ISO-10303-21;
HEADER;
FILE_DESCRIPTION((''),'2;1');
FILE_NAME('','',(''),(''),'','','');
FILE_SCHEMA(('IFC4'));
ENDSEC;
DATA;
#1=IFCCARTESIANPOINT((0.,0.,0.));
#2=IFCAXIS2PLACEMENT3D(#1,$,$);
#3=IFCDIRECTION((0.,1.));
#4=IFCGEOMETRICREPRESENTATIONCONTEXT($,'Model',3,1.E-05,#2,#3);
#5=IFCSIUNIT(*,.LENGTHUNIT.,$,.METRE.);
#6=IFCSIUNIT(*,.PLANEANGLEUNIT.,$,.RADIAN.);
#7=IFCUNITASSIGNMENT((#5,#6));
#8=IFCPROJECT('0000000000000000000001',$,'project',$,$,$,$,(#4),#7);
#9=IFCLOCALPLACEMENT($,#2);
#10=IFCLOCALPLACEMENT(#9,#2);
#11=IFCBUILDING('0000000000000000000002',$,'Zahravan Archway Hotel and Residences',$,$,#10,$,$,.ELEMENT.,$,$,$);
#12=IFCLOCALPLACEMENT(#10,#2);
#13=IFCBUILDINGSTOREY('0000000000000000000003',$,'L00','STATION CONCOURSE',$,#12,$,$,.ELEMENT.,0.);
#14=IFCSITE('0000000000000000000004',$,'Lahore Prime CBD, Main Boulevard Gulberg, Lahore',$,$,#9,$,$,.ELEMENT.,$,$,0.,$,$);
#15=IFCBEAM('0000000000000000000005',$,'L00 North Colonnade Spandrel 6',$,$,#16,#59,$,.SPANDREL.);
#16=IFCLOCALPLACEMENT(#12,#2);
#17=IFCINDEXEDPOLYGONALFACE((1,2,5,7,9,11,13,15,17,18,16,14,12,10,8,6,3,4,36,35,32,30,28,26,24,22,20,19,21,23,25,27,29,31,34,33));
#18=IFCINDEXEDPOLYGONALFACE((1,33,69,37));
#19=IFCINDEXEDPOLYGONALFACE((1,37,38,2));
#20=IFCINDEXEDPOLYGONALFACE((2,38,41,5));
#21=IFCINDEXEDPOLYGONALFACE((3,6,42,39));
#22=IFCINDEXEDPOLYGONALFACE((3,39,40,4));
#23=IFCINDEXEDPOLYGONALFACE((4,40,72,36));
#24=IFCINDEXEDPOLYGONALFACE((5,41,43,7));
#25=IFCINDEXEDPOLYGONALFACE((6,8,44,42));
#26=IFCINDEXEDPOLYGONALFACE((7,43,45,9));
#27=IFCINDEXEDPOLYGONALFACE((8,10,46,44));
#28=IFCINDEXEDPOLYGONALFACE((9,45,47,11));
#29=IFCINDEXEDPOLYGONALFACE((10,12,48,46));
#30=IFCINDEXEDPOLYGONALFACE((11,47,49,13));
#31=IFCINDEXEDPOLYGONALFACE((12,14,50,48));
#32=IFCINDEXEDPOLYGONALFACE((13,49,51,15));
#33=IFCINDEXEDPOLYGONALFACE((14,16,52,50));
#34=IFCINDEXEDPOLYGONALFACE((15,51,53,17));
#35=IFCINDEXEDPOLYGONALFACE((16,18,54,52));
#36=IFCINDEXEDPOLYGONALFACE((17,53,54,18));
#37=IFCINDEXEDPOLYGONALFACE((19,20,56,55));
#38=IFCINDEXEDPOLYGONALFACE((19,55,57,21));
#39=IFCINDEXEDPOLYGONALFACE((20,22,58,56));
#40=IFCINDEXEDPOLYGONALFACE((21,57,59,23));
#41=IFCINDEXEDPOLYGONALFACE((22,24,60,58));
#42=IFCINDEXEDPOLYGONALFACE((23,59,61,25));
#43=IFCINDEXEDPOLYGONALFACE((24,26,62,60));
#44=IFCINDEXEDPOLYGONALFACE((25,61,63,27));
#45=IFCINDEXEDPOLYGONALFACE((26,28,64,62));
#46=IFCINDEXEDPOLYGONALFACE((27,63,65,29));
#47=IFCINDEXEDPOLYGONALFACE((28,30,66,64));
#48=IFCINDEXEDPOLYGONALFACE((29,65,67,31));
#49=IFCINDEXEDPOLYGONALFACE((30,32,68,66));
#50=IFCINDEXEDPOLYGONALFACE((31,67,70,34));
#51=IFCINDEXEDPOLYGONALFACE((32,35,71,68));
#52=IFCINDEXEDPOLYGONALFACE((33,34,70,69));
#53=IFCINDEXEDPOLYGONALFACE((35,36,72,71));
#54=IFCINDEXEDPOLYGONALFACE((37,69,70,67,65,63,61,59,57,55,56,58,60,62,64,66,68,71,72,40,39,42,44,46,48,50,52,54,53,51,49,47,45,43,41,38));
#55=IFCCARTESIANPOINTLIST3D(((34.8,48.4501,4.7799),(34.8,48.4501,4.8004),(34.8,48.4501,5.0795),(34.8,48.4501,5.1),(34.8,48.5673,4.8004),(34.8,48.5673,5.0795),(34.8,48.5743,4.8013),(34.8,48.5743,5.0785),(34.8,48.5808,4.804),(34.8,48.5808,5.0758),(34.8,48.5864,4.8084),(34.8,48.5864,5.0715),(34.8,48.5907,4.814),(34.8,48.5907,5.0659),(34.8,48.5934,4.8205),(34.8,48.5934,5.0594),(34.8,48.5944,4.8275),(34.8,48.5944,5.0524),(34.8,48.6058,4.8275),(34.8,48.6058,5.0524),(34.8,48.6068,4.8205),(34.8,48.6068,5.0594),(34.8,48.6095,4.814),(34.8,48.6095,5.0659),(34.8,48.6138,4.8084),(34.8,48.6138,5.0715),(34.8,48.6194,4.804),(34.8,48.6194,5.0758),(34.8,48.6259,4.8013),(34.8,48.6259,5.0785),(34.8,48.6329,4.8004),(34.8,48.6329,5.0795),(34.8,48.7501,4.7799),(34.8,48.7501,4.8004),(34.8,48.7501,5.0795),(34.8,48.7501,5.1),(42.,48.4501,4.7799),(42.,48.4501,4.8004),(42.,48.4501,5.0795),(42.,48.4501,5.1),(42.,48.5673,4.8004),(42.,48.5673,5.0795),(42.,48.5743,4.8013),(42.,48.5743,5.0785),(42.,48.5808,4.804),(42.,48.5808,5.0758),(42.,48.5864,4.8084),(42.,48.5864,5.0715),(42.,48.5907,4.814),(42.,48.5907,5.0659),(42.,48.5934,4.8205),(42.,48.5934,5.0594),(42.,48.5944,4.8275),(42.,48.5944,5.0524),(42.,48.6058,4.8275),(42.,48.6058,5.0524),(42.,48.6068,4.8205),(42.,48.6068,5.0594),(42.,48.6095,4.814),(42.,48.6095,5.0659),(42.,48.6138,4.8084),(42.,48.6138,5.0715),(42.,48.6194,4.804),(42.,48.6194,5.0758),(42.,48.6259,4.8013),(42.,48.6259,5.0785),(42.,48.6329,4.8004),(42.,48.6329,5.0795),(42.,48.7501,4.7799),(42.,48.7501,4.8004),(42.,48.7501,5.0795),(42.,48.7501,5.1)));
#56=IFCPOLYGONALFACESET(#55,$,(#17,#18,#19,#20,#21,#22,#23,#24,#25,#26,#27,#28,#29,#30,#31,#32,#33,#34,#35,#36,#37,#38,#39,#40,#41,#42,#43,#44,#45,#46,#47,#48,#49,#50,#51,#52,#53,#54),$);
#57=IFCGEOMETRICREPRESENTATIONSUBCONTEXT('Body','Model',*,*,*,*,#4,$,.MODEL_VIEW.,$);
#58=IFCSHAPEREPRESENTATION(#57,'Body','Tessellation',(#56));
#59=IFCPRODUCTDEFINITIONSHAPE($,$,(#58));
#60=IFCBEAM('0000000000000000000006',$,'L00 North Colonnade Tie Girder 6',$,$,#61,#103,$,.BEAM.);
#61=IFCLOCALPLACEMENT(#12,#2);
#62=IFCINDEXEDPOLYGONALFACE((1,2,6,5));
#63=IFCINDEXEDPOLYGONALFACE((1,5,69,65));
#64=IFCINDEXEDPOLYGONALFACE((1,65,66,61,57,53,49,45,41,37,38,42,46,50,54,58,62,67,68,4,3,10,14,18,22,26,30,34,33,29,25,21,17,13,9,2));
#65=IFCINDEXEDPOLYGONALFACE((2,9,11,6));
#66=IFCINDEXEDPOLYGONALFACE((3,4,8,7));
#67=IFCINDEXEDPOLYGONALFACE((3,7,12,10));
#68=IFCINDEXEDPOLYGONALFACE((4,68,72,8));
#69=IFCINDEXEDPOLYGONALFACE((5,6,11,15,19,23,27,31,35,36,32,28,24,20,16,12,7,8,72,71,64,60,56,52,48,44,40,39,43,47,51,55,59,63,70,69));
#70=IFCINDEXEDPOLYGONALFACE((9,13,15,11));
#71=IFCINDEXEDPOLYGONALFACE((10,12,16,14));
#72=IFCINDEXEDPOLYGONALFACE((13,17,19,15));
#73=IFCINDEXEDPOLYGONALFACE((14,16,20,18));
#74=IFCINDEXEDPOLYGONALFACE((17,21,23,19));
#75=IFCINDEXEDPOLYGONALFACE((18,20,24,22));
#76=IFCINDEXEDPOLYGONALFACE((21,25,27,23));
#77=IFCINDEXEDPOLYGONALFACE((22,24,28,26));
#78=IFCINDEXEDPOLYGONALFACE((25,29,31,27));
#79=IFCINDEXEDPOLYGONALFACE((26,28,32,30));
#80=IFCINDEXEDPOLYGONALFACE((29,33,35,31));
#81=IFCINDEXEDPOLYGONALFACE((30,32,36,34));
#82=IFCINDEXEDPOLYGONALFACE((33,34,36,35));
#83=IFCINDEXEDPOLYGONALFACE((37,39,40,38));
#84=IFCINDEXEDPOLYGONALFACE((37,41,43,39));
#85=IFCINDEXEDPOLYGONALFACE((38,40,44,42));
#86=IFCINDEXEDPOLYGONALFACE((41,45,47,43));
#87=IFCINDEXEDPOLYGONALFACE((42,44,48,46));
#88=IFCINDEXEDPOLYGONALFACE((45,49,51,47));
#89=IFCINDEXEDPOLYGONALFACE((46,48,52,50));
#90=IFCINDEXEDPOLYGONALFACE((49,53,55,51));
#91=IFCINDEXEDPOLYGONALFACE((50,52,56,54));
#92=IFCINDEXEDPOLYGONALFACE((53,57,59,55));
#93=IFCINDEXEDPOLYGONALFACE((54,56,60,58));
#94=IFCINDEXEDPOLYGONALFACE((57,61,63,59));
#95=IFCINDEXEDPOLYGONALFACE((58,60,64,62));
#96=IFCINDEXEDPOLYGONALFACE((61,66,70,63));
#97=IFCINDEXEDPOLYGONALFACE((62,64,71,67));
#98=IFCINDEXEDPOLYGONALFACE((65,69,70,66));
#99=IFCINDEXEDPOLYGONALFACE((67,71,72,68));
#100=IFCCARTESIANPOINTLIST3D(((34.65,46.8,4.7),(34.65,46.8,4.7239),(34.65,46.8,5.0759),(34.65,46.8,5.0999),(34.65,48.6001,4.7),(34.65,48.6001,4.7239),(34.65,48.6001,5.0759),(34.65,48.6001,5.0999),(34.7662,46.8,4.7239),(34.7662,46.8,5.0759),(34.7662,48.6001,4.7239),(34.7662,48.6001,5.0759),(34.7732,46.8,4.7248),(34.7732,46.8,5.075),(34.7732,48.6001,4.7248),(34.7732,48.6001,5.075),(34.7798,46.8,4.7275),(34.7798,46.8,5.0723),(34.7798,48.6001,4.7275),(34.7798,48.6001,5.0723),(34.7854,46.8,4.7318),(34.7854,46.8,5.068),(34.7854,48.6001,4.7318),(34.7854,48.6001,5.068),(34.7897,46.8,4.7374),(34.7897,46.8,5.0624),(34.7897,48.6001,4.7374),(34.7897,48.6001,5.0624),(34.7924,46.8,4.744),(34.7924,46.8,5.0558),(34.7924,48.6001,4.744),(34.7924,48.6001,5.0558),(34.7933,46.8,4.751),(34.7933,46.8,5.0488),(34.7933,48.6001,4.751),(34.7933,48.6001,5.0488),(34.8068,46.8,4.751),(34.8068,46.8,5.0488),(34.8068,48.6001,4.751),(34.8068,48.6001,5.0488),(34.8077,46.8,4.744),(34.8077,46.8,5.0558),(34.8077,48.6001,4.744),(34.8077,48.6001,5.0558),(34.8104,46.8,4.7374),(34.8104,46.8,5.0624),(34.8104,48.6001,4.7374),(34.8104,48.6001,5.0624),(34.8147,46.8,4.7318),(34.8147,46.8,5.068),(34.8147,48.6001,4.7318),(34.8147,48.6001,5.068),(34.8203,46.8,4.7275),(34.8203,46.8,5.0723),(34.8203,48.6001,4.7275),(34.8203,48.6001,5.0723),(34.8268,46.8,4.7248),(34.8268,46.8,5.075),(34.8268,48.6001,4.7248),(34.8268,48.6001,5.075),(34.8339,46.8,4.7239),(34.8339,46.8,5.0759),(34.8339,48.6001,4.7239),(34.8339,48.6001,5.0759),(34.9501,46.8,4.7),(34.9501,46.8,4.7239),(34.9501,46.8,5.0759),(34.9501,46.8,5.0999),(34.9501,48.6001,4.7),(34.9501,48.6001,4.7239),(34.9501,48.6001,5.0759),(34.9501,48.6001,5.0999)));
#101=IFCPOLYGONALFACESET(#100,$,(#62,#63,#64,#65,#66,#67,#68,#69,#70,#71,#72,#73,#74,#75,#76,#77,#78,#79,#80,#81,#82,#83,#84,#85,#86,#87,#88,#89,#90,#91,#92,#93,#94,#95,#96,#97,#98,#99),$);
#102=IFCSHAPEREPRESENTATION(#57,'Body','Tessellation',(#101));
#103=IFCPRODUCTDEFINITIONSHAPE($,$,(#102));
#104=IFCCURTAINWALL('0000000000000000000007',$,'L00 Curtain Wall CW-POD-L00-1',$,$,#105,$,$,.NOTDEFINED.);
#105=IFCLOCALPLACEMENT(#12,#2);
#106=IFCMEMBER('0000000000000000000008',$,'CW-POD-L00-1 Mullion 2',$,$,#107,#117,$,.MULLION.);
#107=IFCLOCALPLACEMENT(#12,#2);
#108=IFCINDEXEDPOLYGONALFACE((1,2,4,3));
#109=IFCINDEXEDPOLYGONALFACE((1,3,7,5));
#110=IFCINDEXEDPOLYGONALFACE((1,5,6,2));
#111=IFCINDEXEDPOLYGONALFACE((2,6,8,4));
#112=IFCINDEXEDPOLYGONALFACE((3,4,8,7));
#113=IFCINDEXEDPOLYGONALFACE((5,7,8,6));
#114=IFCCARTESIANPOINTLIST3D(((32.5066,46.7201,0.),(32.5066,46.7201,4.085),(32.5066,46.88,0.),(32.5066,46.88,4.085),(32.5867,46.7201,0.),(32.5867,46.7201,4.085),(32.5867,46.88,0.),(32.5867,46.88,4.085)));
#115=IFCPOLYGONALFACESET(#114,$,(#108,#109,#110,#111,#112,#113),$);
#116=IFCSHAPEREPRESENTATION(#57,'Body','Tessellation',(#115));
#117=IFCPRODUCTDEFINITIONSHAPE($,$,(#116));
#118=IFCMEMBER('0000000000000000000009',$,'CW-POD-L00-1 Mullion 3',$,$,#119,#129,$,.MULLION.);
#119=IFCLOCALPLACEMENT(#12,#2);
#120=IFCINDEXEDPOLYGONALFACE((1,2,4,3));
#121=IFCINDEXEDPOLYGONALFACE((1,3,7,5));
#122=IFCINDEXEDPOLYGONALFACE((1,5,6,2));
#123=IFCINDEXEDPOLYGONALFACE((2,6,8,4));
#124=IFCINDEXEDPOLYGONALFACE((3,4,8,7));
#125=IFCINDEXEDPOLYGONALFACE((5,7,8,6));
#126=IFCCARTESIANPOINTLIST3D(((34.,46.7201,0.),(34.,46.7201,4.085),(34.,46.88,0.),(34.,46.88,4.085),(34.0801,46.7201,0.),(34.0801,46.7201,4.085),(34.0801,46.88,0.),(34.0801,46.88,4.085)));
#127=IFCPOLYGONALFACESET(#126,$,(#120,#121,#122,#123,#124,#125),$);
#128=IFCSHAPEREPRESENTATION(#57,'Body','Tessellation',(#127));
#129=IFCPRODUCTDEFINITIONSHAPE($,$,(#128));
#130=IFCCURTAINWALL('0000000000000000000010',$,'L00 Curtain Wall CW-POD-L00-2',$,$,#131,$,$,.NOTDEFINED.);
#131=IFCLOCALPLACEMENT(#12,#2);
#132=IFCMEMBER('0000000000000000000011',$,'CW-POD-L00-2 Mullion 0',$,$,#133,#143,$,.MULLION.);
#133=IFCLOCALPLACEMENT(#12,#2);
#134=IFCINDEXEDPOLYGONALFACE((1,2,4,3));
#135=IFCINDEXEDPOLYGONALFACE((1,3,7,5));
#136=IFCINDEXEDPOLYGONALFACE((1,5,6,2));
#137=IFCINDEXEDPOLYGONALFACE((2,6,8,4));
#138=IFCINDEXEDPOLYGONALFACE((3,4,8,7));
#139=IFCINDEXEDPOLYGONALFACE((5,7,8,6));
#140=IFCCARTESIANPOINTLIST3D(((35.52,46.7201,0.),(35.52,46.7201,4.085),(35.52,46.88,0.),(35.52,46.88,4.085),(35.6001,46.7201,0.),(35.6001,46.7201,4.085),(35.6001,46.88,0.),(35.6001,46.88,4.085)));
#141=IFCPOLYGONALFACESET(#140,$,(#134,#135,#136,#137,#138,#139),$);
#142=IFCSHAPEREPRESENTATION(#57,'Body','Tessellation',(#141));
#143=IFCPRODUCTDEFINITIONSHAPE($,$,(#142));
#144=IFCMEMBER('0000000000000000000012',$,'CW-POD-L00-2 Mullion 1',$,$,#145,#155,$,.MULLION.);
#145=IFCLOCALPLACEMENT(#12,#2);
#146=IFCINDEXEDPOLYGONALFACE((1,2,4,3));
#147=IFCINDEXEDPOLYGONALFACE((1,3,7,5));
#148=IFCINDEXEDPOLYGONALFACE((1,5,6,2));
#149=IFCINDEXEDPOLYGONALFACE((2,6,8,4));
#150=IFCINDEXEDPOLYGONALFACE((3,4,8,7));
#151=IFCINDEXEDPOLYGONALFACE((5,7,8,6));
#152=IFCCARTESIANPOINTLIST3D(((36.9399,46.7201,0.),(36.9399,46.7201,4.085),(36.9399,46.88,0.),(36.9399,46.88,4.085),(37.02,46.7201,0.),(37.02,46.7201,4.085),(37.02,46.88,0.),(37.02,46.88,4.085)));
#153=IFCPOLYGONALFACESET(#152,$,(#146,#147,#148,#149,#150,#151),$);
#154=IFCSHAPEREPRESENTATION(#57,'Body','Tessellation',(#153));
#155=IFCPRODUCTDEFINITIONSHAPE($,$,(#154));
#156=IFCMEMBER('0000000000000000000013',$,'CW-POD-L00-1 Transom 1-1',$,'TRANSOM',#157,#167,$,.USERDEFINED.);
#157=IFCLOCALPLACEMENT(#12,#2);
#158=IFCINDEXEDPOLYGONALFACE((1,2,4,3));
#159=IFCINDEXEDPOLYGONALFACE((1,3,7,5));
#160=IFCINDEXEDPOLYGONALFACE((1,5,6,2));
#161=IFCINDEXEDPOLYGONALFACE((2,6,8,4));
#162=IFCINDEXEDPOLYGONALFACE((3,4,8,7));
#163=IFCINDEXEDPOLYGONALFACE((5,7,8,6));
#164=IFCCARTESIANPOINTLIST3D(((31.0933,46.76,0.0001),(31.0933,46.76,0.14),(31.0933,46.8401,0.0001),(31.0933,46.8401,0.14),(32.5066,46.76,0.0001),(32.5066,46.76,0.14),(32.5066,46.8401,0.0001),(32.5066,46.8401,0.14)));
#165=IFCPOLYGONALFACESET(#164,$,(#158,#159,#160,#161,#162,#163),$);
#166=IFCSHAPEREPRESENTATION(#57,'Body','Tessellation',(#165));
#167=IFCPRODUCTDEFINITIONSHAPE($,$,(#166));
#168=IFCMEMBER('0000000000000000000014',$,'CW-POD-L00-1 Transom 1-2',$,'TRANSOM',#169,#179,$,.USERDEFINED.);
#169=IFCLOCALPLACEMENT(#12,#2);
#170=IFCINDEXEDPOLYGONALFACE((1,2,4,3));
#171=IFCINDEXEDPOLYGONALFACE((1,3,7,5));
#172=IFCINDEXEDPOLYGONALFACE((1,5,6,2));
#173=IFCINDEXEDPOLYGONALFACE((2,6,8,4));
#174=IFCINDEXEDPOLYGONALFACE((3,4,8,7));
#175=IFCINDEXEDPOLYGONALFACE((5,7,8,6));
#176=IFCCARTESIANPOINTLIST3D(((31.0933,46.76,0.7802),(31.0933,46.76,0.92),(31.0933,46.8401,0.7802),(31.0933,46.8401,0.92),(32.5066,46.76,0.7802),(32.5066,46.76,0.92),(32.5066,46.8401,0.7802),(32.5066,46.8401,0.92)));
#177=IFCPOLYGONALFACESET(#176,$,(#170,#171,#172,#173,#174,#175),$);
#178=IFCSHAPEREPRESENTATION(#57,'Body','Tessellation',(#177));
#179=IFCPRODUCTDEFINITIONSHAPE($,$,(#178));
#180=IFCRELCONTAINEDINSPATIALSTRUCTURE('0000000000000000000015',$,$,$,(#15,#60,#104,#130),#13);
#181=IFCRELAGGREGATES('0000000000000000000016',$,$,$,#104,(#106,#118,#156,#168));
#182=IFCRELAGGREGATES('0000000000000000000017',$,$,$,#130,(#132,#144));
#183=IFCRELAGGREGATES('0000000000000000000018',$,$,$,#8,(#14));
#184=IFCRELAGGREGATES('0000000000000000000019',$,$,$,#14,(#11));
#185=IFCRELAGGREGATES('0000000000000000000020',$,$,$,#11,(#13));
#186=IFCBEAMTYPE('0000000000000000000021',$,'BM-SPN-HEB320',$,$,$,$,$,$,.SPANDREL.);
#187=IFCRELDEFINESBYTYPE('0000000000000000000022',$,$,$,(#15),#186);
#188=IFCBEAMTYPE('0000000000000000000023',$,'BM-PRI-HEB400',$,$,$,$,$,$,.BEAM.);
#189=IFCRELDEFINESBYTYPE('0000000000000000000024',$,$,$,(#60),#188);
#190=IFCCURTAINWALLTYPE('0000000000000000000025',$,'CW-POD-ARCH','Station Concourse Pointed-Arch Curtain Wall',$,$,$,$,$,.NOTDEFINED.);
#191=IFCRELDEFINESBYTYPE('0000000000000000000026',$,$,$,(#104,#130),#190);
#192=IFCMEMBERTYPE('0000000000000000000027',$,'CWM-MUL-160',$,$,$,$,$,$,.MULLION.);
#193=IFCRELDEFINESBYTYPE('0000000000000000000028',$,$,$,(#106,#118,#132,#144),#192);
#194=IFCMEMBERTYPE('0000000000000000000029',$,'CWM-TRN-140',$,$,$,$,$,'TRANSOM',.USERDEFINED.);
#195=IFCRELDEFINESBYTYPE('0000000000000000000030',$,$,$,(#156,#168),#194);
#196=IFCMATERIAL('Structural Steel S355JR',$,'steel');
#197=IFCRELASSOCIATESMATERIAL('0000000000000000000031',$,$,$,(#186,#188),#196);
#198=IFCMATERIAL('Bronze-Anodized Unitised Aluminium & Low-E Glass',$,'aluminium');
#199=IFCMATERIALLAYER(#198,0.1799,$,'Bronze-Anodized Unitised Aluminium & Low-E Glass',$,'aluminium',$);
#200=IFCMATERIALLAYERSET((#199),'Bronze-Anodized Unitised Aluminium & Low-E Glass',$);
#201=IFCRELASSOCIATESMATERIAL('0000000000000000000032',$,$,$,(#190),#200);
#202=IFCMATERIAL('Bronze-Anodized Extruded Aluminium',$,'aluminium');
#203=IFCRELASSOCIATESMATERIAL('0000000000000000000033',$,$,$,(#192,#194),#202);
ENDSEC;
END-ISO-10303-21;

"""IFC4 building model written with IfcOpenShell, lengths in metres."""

from ifc_helpers import new_model, si_unit, direction, frame, origin, origin_2d, place, context, subcontext, project, spatial, rectangle, i_section, extrude, source, transform, mapped, material, layer, layer_set, material_profile, profile_set, type_object, type_shapes, element, aggregate, save


model = new_model("IFC4")

# Units and contexts
model_context = context("Model", 3, precision=1e-05, world=origin(), true_north=direction((0.0, 1.0)))
body_context = subcontext(model_context, "Body", "Model", "MODEL_VIEW")
ifc_project = project(units=[si_unit("LENGTHUNIT", "METRE"), si_unit("PLANEANGLEUNIT", "RADIAN")], contexts=[model_context])

# Site, building, storey
site_placement = place(None, origin())
site = spatial("IfcSite", under=ifc_project, at=site_placement, Name="Lahore Prime CBD, Main Boulevard Gulberg, Lahore", CompositionType="ELEMENT", RefElevation=0.0)
building_placement = place(site_placement, origin())
building = spatial("IfcBuilding", under=site, at=building_placement, Name="Zahravan Archway Hotel and Residences", CompositionType="ELEMENT")
storey_placement = place(building_placement, origin())
storey = spatial("IfcBuildingStorey", under=building, at=storey_placement, Name="L00", Description="STATION CONCOURSE", CompositionType="ELEMENT", Elevation=0.0)

# Beams
ifc_material_1 = material(Name="Structural Steel S355JR", Category="steel")
ifc_material_profile_1 = material_profile(ifc_material_1, i_section(OverallWidth=0.3, OverallDepth=0.3201, WebThickness=0.0115, FlangeThickness=0.0205, FilletRadius=0.0271, at=origin_2d()), Name="HEB 320", Category="steel")
ifc_profile_set_1 = profile_set([ifc_material_profile_1], Name="Structural Steel S355JR")
beam_type_1 = type_object("IfcBeamType", Name="BM-SPN-HEB320", PredefinedType="SPANDREL", material=ifc_profile_set_1)
shared_shape_1 = source(origin(), body_context, "Body", "SweptSolid", [
    extrude(i_section(OverallWidth=0.3, OverallDepth=0.3201, WebThickness=0.0115, FlangeThickness=0.0205, FilletRadius=0.0271, at=origin_2d()), origin(), (0.0, 0.0, 1.0), 7.2),
])
type_shapes(beam_type_1, [shared_shape_1])
beam_1_placement = place(storey_placement, frame((34.8, 48.6001, 4.9399), z_axis=(1.0, 0.0, 0.0), x_axis=(0.0, 1.0, 0.0)))
element("IfcBeam", 1, at=beam_1_placement, inside=storey, type_object=beam_type_1, Name="L00 North Colonnade Spandrel 6", PredefinedType="SPANDREL", context=body_context, shape_type="MappedRepresentation", body=[
    mapped(shared_shape_1, transform((0.0, 0.0, 0.0), scale=1.0)),
])
ifc_material_profile_2 = material_profile(ifc_material_1, i_section(OverallWidth=0.3, OverallDepth=0.3999, WebThickness=0.0134, FlangeThickness=0.0239, FilletRadius=0.0271, at=origin_2d()), Name="HEB 400", Category="steel")
ifc_profile_set_2 = profile_set([ifc_material_profile_2], Name="Structural Steel S355JR")
beam_type_2 = type_object("IfcBeamType", Name="BM-PRI-HEB400", PredefinedType="BEAM", material=ifc_profile_set_2)
shared_shape_2 = source(origin(), body_context, "Body", "SweptSolid", [
    extrude(i_section(OverallWidth=0.3, OverallDepth=0.3999, WebThickness=0.0134, FlangeThickness=0.0239, FilletRadius=0.0271, at=origin_2d()), origin(), (0.0, 0.0, 1.0), 1.8),
])
beam_2_placement = place(storey_placement, frame((34.8, 46.8, 4.8999), z_axis=(0.0, 1.0, 0.0), x_axis=(-1.0, 0.0, 0.0)))
element("IfcBeam", 2, at=beam_2_placement, inside=storey, type_object=beam_type_2, Name="L00 North Colonnade Tie Girder 6", PredefinedType="BEAM", context=body_context, shape_type="MappedRepresentation", body=[
    mapped(shared_shape_2, transform((0.0, 0.0, 0.0), scale=1.0)),
])

# Curtain walls, members
ifc_material_2 = material(Name="Bronze-Anodized Unitised Aluminium & Low-E Glass", Category="aluminium")
ifc_layer_1 = layer(ifc_material_2, 0.1799, Name="Bronze-Anodized Unitised Aluminium & Low-E Glass", Category="aluminium")
ifc_layer_set_1 = layer_set([ifc_layer_1], Name="Bronze-Anodized Unitised Aluminium & Low-E Glass")
curtain_wall_type = type_object("IfcCurtainWallType", Name="CW-POD-ARCH", Description="Station Concourse Pointed-Arch Curtain Wall", PredefinedType="NOTDEFINED", material=ifc_layer_set_1)
curtain_wall_1_placement = place(storey_placement, origin())
curtain_wall_1 = element("IfcCurtainWall", 3, at=curtain_wall_1_placement, inside=storey, type_object=curtain_wall_type, Name="L00 Curtain Wall CW-POD-L00-1", PredefinedType="NOTDEFINED")
ifc_material_3 = material(Name="Bronze-Anodized Extruded Aluminium", Category="aluminium")
ifc_material_profile_3 = material_profile(ifc_material_3, rectangle(XDim=0.0801, YDim=0.1599, at=origin_2d()), Name="MUL 80x160", Category="aluminium")
ifc_profile_set_3 = profile_set([ifc_material_profile_3], Name="Bronze-Anodized Extruded Aluminium")
member_type_1 = type_object("IfcMemberType", Name="CWM-MUL-160", PredefinedType="MULLION", material=ifc_profile_set_3)
shared_shape_3 = source(origin(), body_context, "Body", "SweptSolid", [
    extrude(rectangle(XDim=0.0801, YDim=0.1599, at=origin_2d()), origin(), (0.0, 0.0, 1.0), 4.085),
])
type_shapes(member_type_1, [shared_shape_3])
member_1_placement = place(storey_placement, frame((32.5466, 46.8, 0.0), z_axis=(0.0, 0.0, 1.0), x_axis=(1.0, 0.0, 0.0)))
member_1 = element("IfcMember", 4, at=member_1_placement, type_object=member_type_1, Name="CW-POD-L00-1 Mullion 2", PredefinedType="MULLION", context=body_context, shape_type="MappedRepresentation", body=[
    mapped(shared_shape_3, transform((0.0, 0.0, 0.0), scale=1.0)),
])
member_2_placement = place(storey_placement, frame((34.04, 46.8, 0.0), z_axis=(0.0, 0.0, 1.0), x_axis=(1.0, 0.0, 0.0)))
member_2 = element("IfcMember", 5, at=member_2_placement, type_object=member_type_1, Name="CW-POD-L00-1 Mullion 3", PredefinedType="MULLION", context=body_context, shape_type="MappedRepresentation", body=[
    mapped(shared_shape_3, transform((0.0, 0.0, 0.0), scale=1.0)),
])
curtain_wall_2_placement = place(storey_placement, origin())
curtain_wall_2 = element("IfcCurtainWall", 6, at=curtain_wall_2_placement, inside=storey, type_object=curtain_wall_type, Name="L00 Curtain Wall CW-POD-L00-2", PredefinedType="NOTDEFINED")
member_3_placement = place(storey_placement, frame((35.5601, 46.8, 0.0), z_axis=(0.0, 0.0, 1.0), x_axis=(1.0, 0.0, 0.0)))
member_3 = element("IfcMember", 7, at=member_3_placement, type_object=member_type_1, Name="CW-POD-L00-2 Mullion 0", PredefinedType="MULLION", context=body_context, shape_type="MappedRepresentation", body=[
    mapped(shared_shape_3, transform((0.0, 0.0, 0.0), scale=1.0)),
])
member_4_placement = place(storey_placement, frame((36.98, 46.8, 0.0), z_axis=(0.0, 0.0, 1.0), x_axis=(1.0, 0.0, 0.0)))
member_4 = element("IfcMember", 8, at=member_4_placement, type_object=member_type_1, Name="CW-POD-L00-2 Mullion 1", PredefinedType="MULLION", context=body_context, shape_type="MappedRepresentation", body=[
    mapped(shared_shape_3, transform((0.0, 0.0, 0.0), scale=1.0)),
])

# Members
ifc_material_profile_4 = material_profile(ifc_material_3, rectangle(XDim=0.0801, YDim=0.1399, at=origin_2d()), Name="TRN 80x140", Category="aluminium")
ifc_profile_set_4 = profile_set([ifc_material_profile_4], Name="Bronze-Anodized Extruded Aluminium")
member_type_2 = type_object("IfcMemberType", Name="CWM-TRN-140", ElementType="TRANSOM", PredefinedType="USERDEFINED", material=ifc_profile_set_4)
shared_shape_4 = source(origin(), body_context, "Body", "SweptSolid", [
    extrude(rectangle(XDim=0.0801, YDim=0.1399, at=origin_2d()), origin(), (0.0, 0.0, 1.0), 1.4133),
])
member_5_placement = place(storey_placement, frame((31.0933, 46.8, 0.0701), z_axis=(1.0, 0.0, 0.0), x_axis=(0.0, 1.0, 0.0)))
member_5 = element("IfcMember", 9, at=member_5_placement, type_object=member_type_2, Name="CW-POD-L00-1 Transom 1-1", ObjectType="TRANSOM", PredefinedType="USERDEFINED", context=body_context, shape_type="MappedRepresentation", body=[
    mapped(shared_shape_4, transform((0.0, 0.0, 0.0), scale=1.0)),
])
member_6_placement = place(storey_placement, frame((31.0933, 46.8, 0.8501), z_axis=(1.0, 0.0, 0.0), x_axis=(0.0, 1.0, 0.0)))
member_6 = element("IfcMember", 10, at=member_6_placement, type_object=member_type_2, Name="CW-POD-L00-1 Transom 1-2", ObjectType="TRANSOM", PredefinedType="USERDEFINED", context=body_context, shape_type="MappedRepresentation", body=[
    mapped(shared_shape_4, transform((0.0, 0.0, 0.0), scale=1.0)),
])

aggregate(curtain_wall_1, [member_1, member_2, member_5, member_6])
aggregate(curtain_wall_2, [member_3, member_4])

save(model, "model.ifc")
